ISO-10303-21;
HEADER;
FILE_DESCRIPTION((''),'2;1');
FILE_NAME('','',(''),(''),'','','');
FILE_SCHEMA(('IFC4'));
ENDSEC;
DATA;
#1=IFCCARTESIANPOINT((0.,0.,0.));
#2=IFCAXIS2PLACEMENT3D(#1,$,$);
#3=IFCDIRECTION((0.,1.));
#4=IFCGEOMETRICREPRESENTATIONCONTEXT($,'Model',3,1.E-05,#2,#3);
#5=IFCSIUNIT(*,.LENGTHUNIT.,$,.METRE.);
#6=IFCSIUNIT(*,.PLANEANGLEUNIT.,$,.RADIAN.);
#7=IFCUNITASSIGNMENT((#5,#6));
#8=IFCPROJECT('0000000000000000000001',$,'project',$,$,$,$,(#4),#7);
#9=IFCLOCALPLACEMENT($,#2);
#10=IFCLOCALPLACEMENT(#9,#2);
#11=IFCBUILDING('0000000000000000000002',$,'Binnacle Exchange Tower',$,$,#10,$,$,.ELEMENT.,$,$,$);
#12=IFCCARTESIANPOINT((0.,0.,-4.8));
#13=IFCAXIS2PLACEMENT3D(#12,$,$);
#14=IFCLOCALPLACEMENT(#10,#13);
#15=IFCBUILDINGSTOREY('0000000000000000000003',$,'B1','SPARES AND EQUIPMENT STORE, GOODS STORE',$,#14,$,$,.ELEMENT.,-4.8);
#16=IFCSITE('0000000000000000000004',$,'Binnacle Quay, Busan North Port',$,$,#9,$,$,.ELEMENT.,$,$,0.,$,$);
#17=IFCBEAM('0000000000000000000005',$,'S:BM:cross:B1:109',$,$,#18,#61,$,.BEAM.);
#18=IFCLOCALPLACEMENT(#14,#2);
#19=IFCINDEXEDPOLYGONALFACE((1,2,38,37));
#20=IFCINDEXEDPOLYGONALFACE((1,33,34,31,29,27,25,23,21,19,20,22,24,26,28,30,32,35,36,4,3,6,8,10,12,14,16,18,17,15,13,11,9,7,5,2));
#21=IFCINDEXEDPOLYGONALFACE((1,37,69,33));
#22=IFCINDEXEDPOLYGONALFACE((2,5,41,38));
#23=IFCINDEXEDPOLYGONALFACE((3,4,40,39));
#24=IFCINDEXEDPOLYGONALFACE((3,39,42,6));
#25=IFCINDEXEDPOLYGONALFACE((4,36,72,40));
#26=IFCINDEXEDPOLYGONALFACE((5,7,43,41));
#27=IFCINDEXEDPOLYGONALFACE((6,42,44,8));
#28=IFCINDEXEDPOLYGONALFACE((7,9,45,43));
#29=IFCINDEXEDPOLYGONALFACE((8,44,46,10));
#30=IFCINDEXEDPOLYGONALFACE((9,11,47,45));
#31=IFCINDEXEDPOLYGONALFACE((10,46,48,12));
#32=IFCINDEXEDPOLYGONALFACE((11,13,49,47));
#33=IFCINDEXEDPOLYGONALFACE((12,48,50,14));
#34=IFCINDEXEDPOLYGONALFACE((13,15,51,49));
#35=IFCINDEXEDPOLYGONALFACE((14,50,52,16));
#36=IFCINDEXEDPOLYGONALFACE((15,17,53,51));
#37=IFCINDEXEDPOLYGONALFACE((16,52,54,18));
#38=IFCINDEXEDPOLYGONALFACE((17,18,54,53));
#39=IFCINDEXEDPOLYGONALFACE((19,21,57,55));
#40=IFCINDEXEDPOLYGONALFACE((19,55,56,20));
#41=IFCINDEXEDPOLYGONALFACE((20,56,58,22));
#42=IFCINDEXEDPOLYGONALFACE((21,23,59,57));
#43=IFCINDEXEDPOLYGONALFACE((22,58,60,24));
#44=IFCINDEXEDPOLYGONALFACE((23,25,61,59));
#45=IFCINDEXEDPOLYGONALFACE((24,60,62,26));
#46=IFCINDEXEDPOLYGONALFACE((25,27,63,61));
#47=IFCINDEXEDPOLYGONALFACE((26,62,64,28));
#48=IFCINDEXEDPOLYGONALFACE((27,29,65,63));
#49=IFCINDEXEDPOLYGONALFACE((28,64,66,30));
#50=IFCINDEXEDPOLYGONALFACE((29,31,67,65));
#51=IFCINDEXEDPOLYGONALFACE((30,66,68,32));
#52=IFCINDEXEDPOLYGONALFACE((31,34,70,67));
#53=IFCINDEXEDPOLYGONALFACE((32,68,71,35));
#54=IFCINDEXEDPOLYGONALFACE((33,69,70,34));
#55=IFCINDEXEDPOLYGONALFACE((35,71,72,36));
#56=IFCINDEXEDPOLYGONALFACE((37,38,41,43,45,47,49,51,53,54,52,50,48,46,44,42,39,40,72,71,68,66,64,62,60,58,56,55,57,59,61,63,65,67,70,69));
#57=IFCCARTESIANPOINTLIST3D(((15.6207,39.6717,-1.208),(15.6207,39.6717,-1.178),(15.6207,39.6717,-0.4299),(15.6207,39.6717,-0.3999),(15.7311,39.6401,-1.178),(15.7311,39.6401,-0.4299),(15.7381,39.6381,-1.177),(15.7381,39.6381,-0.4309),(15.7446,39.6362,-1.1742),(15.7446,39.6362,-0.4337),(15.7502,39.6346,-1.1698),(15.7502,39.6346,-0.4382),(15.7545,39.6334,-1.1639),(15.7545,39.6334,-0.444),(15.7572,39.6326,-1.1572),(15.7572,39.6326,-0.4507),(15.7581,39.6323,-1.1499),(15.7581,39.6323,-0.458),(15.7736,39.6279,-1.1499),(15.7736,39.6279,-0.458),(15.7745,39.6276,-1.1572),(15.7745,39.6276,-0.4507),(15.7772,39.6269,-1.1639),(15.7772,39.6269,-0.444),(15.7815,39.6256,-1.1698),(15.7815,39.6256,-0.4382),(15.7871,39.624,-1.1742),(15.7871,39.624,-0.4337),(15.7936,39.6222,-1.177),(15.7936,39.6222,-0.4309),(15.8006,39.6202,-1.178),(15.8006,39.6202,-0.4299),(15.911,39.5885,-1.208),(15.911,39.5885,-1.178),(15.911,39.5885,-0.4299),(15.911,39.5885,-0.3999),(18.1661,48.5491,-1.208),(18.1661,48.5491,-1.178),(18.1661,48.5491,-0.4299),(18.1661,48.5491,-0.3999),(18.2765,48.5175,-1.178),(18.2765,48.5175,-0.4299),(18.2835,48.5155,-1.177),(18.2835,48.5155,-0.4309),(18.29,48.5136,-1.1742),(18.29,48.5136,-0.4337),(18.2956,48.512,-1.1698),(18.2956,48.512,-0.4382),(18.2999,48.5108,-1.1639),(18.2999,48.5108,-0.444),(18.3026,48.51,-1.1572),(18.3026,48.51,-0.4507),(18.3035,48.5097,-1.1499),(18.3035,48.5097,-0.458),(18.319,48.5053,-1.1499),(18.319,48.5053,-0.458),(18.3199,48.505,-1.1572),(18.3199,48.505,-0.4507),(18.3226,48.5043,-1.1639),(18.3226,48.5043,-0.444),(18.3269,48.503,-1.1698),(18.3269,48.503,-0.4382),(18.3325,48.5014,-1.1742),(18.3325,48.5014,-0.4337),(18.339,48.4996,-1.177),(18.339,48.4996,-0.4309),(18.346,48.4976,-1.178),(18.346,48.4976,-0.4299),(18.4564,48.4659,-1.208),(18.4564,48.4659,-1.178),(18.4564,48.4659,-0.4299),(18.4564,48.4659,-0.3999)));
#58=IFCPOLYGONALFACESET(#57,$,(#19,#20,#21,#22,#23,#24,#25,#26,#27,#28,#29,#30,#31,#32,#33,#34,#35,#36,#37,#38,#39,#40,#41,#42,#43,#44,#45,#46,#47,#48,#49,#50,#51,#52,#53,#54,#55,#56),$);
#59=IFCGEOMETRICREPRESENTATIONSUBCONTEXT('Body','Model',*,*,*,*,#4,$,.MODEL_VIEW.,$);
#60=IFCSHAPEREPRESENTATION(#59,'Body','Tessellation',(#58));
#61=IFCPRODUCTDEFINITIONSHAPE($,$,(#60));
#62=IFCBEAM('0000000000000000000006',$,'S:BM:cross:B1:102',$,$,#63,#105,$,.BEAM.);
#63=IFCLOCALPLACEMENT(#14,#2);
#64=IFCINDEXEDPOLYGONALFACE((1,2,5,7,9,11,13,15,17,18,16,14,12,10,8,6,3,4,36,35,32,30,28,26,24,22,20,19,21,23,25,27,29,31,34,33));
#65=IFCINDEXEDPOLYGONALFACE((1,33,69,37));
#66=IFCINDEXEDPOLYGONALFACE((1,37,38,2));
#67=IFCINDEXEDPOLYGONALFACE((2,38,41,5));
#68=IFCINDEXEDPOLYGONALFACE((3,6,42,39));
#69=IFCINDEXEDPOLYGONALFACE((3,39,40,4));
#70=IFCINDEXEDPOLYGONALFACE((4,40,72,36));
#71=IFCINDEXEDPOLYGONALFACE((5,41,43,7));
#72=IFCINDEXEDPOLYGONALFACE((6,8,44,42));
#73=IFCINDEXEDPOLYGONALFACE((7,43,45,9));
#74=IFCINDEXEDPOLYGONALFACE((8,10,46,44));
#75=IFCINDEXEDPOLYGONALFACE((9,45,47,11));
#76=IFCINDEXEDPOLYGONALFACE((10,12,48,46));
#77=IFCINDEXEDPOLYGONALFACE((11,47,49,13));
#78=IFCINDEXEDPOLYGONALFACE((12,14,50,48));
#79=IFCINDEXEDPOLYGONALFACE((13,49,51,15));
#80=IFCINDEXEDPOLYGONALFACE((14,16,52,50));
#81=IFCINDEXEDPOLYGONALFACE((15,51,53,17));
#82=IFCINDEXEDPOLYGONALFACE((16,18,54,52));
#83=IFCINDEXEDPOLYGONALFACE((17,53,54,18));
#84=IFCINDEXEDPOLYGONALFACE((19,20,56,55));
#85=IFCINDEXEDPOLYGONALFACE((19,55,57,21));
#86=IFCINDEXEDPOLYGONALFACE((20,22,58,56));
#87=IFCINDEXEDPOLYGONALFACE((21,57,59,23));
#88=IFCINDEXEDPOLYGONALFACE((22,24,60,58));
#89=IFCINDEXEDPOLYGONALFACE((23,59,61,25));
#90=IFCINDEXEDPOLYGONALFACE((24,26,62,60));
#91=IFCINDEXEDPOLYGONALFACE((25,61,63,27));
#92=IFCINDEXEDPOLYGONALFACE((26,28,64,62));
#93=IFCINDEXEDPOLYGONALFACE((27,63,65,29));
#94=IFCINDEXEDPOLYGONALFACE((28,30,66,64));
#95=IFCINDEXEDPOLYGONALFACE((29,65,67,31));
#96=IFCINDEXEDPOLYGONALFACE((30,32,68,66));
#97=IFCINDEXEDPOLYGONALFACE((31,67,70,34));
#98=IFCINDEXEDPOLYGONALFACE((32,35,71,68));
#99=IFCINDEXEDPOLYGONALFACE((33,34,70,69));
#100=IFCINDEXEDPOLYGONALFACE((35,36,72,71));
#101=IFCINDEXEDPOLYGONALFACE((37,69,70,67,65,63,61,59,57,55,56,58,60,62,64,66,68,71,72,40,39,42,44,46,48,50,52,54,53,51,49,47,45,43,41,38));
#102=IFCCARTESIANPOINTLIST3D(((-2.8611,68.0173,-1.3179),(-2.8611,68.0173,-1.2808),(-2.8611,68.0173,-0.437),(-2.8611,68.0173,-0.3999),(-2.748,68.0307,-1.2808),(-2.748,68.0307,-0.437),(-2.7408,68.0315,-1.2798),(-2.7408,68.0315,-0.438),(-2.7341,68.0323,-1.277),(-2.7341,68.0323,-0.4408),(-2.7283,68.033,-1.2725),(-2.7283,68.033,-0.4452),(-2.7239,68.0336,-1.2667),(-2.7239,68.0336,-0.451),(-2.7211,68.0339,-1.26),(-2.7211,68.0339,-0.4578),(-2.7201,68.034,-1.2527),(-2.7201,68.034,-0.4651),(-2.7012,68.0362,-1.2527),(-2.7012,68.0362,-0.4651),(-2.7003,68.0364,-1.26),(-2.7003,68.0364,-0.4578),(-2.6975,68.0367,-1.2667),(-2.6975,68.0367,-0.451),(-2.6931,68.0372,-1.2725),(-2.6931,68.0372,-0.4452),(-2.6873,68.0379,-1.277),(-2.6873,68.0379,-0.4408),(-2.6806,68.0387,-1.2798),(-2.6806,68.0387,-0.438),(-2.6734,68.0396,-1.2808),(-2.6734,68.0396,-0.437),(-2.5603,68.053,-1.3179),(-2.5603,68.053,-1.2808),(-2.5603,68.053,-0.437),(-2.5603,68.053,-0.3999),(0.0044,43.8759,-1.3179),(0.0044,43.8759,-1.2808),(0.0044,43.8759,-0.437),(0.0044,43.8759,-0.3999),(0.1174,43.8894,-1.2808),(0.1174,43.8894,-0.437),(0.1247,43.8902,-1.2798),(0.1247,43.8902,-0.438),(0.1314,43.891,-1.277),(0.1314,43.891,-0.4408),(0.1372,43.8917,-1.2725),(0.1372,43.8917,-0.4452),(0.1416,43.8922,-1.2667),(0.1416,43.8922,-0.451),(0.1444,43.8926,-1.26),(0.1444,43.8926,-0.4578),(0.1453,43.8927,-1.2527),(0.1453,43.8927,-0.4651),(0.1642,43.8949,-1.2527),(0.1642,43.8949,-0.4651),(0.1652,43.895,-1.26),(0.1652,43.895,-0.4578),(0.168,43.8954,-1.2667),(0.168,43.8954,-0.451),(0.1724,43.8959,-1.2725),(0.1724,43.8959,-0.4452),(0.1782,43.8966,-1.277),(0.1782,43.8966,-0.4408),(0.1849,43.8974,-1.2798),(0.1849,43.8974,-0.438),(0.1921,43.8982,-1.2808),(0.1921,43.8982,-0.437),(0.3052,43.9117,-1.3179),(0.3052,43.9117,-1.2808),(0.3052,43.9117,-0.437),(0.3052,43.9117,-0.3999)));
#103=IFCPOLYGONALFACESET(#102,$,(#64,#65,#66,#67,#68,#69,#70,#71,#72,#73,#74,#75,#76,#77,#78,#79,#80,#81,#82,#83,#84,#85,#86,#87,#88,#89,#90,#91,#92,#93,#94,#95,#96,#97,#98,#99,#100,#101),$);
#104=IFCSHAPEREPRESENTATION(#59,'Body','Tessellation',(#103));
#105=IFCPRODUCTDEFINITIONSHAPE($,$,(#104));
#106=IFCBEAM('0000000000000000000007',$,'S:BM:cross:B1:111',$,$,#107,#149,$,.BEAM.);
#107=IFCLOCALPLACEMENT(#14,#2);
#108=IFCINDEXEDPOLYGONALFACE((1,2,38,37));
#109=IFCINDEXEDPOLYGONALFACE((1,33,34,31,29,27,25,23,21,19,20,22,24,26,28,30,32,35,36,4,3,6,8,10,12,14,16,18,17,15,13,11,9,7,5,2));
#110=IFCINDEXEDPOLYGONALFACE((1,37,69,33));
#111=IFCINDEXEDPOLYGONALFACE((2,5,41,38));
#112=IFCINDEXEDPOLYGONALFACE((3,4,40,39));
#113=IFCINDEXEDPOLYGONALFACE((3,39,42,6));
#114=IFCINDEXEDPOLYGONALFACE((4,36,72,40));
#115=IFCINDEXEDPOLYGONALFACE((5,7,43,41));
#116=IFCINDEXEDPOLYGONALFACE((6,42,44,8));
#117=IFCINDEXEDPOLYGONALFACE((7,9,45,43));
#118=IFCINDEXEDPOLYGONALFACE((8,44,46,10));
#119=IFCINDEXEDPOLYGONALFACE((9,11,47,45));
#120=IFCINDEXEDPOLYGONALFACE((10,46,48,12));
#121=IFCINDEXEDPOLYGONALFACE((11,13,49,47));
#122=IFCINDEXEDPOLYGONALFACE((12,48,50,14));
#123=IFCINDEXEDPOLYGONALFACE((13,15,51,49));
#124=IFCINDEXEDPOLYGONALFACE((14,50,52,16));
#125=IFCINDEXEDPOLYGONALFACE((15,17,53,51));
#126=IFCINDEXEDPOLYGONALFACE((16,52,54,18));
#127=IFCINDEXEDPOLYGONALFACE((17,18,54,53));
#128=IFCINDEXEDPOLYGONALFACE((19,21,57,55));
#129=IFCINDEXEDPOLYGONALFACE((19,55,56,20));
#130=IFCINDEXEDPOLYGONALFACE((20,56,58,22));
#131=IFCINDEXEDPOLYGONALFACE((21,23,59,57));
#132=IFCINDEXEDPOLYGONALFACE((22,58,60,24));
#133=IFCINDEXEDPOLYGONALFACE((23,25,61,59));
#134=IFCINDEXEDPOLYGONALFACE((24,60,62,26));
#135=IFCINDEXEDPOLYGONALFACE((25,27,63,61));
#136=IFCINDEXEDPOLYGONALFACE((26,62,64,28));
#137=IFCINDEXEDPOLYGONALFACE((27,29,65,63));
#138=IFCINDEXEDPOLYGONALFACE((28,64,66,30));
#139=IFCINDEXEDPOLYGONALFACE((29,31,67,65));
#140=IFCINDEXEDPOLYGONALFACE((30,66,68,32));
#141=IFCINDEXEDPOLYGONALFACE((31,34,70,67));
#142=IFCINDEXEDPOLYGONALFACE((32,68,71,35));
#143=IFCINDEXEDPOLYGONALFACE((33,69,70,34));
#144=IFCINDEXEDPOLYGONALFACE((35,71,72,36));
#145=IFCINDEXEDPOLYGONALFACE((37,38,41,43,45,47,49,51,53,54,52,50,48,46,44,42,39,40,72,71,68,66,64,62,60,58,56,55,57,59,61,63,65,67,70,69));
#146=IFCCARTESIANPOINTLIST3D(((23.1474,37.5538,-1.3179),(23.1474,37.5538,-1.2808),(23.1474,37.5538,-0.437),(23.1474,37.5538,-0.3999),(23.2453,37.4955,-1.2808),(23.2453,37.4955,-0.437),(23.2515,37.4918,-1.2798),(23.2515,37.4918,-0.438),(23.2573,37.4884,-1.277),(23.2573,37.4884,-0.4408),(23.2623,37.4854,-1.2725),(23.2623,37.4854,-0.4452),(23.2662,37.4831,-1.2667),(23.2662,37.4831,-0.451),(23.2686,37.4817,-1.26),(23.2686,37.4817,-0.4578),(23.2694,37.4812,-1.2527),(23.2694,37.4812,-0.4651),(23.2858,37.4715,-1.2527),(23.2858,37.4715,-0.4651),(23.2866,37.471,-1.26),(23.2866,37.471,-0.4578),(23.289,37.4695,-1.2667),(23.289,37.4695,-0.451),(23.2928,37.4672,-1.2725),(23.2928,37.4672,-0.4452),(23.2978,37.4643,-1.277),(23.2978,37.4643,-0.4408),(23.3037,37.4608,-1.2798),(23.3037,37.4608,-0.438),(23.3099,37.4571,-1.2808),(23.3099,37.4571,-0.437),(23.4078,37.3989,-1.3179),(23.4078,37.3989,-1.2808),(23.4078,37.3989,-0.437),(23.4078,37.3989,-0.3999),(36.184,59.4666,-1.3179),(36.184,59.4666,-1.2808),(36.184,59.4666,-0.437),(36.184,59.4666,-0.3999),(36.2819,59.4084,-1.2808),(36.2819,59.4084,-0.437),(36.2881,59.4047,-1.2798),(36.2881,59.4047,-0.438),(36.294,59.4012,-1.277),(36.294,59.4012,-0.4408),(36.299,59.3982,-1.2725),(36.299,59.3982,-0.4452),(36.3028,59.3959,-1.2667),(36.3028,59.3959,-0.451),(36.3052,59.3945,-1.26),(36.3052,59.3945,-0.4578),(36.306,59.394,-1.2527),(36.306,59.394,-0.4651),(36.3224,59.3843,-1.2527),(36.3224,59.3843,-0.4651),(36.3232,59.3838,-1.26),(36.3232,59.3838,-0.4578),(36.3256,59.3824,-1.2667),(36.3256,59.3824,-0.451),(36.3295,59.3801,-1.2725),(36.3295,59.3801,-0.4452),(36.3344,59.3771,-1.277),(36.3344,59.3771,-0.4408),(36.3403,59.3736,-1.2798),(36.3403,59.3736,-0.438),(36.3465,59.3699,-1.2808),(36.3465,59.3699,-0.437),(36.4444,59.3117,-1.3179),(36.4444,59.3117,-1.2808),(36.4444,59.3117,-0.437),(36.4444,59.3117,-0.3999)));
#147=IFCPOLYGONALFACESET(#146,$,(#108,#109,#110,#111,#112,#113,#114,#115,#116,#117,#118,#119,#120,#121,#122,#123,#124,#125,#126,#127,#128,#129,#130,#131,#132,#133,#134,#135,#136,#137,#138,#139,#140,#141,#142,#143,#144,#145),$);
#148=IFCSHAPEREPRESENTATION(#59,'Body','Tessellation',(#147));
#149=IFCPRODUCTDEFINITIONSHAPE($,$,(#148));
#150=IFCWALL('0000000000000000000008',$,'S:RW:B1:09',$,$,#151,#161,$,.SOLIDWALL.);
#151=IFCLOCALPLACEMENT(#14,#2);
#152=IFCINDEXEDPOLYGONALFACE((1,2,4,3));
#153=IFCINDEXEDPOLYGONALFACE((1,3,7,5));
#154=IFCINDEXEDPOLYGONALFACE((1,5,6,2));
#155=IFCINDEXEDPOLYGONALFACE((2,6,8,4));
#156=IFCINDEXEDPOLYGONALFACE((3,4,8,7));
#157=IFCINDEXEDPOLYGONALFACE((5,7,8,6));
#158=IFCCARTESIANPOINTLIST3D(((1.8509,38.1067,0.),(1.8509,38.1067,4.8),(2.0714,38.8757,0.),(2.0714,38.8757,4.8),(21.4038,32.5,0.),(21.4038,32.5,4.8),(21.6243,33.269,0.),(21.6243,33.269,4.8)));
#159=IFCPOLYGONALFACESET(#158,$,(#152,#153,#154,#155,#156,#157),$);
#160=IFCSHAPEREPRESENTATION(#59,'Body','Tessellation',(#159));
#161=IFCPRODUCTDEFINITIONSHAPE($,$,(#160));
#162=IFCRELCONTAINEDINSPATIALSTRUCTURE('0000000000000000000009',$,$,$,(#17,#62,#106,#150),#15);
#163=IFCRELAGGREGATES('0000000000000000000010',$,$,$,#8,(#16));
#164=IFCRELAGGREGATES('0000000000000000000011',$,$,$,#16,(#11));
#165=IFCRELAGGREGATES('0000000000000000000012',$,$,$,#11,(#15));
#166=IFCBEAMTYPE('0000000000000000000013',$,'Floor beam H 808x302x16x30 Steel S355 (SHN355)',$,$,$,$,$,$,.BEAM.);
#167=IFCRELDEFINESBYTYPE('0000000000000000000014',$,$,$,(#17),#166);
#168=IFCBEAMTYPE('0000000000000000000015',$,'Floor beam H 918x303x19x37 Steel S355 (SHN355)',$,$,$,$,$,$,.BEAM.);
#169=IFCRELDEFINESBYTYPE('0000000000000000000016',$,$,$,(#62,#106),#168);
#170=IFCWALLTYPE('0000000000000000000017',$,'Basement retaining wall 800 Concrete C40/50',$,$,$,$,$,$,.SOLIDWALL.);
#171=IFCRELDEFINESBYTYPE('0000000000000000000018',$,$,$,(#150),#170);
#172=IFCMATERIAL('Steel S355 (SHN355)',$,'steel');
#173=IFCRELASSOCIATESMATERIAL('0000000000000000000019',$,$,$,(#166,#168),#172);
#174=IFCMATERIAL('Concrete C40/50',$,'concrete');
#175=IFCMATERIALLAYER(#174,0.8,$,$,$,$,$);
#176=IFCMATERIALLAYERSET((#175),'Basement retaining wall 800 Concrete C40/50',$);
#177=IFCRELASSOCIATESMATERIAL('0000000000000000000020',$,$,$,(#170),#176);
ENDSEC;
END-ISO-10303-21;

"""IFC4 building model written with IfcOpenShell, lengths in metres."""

from ifc_helpers import new_model, si_unit, direction, frame, frame_2d, origin, origin_2d, place, context, subcontext, project, spatial, rectangle, i_section, extrude, material, layer, layer_set, material_profile, profile_set, type_object, element, save


model = new_model("IFC4")

# Units and contexts
model_context = context("Model", 3, precision=1e-05, world=origin(), true_north=direction((0.0, 1.0)))
body_context = subcontext(model_context, "Body", "Model", "MODEL_VIEW")
ifc_project = project(units=[si_unit("LENGTHUNIT", "METRE"), si_unit("PLANEANGLEUNIT", "RADIAN")], contexts=[model_context])

# Site, building, storey
site_placement = place(None, origin())
site = spatial("IfcSite", under=ifc_project, at=site_placement, Name="Binnacle Quay, Busan North Port", CompositionType="ELEMENT", RefElevation=0.0)
building_placement = place(site_placement, origin())
building = spatial("IfcBuilding", under=site, at=building_placement, Name="Binnacle Exchange Tower", CompositionType="ELEMENT")
storey_placement = place(building_placement, frame((0.0, 0.0, -4.8)))
storey = spatial("IfcBuildingStorey", under=building, at=storey_placement, Name="B1", Description="SPARES AND EQUIPMENT STORE, GOODS STORE", CompositionType="ELEMENT", Elevation=-4.8)

# Beams
ifc_material_1 = material(Name="Steel S355 (SHN355)", Category="steel")
ifc_material_profile_1 = material_profile(ifc_material_1, i_section(OverallWidth=0.302, OverallDepth=0.8081, WebThickness=0.0161, FlangeThickness=0.03, FilletRadius=0.0281, at=origin_2d()), Name="H 808x302x16x30")
ifc_profile_set_1 = profile_set([ifc_material_profile_1], Name="Steel S355 (SHN355)")
beam_type_1 = type_object("IfcBeamType", Name="Floor beam H 808x302x16x30 Steel S355 (SHN355)", PredefinedType="BEAM", material=ifc_profile_set_1)
beam_1_placement = place(storey_placement, frame((15.7659, 39.6301, -0.804), z_axis=(0.275622, 0.961266, 0.0), x_axis=(-0.961266, 0.275622, 0.0)))
element("IfcBeam", 1, at=beam_1_placement, inside=storey, type_object=beam_type_1, Name="S:BM:cross:B1:109", PredefinedType="BEAM", context=body_context, shape_type="SweptSolid", body=[
    extrude(i_section(OverallWidth=0.302, OverallDepth=0.8081, WebThickness=0.0161, FlangeThickness=0.03, FilletRadius=0.0281, at=origin_2d()), origin(), (0.0, 0.0, 1.0), 9.2351),
])
ifc_material_profile_2 = material_profile(ifc_material_1, i_section(OverallWidth=0.303, OverallDepth=0.918, WebThickness=0.019, FlangeThickness=0.0371, FilletRadius=0.0281, at=origin_2d()), Name="H 918x303x19x37")
ifc_profile_set_2 = profile_set([ifc_material_profile_2], Name="Steel S355 (SHN355)")
beam_type_2 = type_object("IfcBeamType", Name="Floor beam H 918x303x19x37 Steel S355 (SHN355)", PredefinedType="BEAM", material=ifc_profile_set_2)
beam_2_placement = place(storey_placement, frame((0.1548, 43.8938, -0.8589), z_axis=(-0.117868, 0.993029, 0.0), x_axis=(-0.993029, -0.117868, 0.0)))
element("IfcBeam", 2, at=beam_2_placement, inside=storey, type_object=beam_type_2, Name="S:BM:cross:B1:102", PredefinedType="BEAM", context=body_context, shape_type="SweptSolid", body=[
    extrude(i_section(OverallWidth=0.303, OverallDepth=0.918, WebThickness=0.019, FlangeThickness=0.0371, FilletRadius=0.0281, at=origin_2d()), origin(), (0.0, 0.0, 1.0), 24.3108),
])
beam_3_placement = place(storey_placement, frame((23.2776, 37.4763, -0.8589), z_axis=(0.511289, 0.859409, 0.0), x_axis=(-0.859409, 0.511289, 0.0)))
element("IfcBeam", 3, at=beam_3_placement, inside=storey, type_object=beam_type_2, Name="S:BM:cross:B1:111", PredefinedType="BEAM", context=body_context, shape_type="SweptSolid", body=[
    extrude(i_section(OverallWidth=0.303, OverallDepth=0.918, WebThickness=0.019, FlangeThickness=0.0371, FilletRadius=0.0281, at=origin_2d()), origin(), (0.0, 0.0, 1.0), 25.4976),
])

# Wall
ifc_material_2 = material(Name="Concrete C40/50", Category="concrete")
ifc_layer_1 = layer(ifc_material_2, 0.8)
ifc_layer_set_1 = layer_set([ifc_layer_1], Name="Basement retaining wall 800 Concrete C40/50")
wall_type_1 = type_object("IfcWallType", Name="Basement retaining wall 800 Concrete C40/50", PredefinedType="SOLIDWALL", material=ifc_layer_set_1)
wall_1_placement = place(storey_placement, frame((1.9612, 38.4912, 0.0), z_axis=(0.0, 0.0, 1.0), x_axis=(0.961261, -0.275639, 0.0)))
element("IfcWall", 4, at=wall_1_placement, inside=storey, type_object=wall_type_1, Name="S:RW:B1:09", PredefinedType="SOLIDWALL", context=body_context, shape_type="SweptSolid", body=[
    extrude(rectangle(XDim=20.3408, YDim=0.8, at=frame_2d((10.1704, 0.0))), origin(), (0.0, 0.0, 1.0), 4.8),
])

save(model, "model.ifc")
